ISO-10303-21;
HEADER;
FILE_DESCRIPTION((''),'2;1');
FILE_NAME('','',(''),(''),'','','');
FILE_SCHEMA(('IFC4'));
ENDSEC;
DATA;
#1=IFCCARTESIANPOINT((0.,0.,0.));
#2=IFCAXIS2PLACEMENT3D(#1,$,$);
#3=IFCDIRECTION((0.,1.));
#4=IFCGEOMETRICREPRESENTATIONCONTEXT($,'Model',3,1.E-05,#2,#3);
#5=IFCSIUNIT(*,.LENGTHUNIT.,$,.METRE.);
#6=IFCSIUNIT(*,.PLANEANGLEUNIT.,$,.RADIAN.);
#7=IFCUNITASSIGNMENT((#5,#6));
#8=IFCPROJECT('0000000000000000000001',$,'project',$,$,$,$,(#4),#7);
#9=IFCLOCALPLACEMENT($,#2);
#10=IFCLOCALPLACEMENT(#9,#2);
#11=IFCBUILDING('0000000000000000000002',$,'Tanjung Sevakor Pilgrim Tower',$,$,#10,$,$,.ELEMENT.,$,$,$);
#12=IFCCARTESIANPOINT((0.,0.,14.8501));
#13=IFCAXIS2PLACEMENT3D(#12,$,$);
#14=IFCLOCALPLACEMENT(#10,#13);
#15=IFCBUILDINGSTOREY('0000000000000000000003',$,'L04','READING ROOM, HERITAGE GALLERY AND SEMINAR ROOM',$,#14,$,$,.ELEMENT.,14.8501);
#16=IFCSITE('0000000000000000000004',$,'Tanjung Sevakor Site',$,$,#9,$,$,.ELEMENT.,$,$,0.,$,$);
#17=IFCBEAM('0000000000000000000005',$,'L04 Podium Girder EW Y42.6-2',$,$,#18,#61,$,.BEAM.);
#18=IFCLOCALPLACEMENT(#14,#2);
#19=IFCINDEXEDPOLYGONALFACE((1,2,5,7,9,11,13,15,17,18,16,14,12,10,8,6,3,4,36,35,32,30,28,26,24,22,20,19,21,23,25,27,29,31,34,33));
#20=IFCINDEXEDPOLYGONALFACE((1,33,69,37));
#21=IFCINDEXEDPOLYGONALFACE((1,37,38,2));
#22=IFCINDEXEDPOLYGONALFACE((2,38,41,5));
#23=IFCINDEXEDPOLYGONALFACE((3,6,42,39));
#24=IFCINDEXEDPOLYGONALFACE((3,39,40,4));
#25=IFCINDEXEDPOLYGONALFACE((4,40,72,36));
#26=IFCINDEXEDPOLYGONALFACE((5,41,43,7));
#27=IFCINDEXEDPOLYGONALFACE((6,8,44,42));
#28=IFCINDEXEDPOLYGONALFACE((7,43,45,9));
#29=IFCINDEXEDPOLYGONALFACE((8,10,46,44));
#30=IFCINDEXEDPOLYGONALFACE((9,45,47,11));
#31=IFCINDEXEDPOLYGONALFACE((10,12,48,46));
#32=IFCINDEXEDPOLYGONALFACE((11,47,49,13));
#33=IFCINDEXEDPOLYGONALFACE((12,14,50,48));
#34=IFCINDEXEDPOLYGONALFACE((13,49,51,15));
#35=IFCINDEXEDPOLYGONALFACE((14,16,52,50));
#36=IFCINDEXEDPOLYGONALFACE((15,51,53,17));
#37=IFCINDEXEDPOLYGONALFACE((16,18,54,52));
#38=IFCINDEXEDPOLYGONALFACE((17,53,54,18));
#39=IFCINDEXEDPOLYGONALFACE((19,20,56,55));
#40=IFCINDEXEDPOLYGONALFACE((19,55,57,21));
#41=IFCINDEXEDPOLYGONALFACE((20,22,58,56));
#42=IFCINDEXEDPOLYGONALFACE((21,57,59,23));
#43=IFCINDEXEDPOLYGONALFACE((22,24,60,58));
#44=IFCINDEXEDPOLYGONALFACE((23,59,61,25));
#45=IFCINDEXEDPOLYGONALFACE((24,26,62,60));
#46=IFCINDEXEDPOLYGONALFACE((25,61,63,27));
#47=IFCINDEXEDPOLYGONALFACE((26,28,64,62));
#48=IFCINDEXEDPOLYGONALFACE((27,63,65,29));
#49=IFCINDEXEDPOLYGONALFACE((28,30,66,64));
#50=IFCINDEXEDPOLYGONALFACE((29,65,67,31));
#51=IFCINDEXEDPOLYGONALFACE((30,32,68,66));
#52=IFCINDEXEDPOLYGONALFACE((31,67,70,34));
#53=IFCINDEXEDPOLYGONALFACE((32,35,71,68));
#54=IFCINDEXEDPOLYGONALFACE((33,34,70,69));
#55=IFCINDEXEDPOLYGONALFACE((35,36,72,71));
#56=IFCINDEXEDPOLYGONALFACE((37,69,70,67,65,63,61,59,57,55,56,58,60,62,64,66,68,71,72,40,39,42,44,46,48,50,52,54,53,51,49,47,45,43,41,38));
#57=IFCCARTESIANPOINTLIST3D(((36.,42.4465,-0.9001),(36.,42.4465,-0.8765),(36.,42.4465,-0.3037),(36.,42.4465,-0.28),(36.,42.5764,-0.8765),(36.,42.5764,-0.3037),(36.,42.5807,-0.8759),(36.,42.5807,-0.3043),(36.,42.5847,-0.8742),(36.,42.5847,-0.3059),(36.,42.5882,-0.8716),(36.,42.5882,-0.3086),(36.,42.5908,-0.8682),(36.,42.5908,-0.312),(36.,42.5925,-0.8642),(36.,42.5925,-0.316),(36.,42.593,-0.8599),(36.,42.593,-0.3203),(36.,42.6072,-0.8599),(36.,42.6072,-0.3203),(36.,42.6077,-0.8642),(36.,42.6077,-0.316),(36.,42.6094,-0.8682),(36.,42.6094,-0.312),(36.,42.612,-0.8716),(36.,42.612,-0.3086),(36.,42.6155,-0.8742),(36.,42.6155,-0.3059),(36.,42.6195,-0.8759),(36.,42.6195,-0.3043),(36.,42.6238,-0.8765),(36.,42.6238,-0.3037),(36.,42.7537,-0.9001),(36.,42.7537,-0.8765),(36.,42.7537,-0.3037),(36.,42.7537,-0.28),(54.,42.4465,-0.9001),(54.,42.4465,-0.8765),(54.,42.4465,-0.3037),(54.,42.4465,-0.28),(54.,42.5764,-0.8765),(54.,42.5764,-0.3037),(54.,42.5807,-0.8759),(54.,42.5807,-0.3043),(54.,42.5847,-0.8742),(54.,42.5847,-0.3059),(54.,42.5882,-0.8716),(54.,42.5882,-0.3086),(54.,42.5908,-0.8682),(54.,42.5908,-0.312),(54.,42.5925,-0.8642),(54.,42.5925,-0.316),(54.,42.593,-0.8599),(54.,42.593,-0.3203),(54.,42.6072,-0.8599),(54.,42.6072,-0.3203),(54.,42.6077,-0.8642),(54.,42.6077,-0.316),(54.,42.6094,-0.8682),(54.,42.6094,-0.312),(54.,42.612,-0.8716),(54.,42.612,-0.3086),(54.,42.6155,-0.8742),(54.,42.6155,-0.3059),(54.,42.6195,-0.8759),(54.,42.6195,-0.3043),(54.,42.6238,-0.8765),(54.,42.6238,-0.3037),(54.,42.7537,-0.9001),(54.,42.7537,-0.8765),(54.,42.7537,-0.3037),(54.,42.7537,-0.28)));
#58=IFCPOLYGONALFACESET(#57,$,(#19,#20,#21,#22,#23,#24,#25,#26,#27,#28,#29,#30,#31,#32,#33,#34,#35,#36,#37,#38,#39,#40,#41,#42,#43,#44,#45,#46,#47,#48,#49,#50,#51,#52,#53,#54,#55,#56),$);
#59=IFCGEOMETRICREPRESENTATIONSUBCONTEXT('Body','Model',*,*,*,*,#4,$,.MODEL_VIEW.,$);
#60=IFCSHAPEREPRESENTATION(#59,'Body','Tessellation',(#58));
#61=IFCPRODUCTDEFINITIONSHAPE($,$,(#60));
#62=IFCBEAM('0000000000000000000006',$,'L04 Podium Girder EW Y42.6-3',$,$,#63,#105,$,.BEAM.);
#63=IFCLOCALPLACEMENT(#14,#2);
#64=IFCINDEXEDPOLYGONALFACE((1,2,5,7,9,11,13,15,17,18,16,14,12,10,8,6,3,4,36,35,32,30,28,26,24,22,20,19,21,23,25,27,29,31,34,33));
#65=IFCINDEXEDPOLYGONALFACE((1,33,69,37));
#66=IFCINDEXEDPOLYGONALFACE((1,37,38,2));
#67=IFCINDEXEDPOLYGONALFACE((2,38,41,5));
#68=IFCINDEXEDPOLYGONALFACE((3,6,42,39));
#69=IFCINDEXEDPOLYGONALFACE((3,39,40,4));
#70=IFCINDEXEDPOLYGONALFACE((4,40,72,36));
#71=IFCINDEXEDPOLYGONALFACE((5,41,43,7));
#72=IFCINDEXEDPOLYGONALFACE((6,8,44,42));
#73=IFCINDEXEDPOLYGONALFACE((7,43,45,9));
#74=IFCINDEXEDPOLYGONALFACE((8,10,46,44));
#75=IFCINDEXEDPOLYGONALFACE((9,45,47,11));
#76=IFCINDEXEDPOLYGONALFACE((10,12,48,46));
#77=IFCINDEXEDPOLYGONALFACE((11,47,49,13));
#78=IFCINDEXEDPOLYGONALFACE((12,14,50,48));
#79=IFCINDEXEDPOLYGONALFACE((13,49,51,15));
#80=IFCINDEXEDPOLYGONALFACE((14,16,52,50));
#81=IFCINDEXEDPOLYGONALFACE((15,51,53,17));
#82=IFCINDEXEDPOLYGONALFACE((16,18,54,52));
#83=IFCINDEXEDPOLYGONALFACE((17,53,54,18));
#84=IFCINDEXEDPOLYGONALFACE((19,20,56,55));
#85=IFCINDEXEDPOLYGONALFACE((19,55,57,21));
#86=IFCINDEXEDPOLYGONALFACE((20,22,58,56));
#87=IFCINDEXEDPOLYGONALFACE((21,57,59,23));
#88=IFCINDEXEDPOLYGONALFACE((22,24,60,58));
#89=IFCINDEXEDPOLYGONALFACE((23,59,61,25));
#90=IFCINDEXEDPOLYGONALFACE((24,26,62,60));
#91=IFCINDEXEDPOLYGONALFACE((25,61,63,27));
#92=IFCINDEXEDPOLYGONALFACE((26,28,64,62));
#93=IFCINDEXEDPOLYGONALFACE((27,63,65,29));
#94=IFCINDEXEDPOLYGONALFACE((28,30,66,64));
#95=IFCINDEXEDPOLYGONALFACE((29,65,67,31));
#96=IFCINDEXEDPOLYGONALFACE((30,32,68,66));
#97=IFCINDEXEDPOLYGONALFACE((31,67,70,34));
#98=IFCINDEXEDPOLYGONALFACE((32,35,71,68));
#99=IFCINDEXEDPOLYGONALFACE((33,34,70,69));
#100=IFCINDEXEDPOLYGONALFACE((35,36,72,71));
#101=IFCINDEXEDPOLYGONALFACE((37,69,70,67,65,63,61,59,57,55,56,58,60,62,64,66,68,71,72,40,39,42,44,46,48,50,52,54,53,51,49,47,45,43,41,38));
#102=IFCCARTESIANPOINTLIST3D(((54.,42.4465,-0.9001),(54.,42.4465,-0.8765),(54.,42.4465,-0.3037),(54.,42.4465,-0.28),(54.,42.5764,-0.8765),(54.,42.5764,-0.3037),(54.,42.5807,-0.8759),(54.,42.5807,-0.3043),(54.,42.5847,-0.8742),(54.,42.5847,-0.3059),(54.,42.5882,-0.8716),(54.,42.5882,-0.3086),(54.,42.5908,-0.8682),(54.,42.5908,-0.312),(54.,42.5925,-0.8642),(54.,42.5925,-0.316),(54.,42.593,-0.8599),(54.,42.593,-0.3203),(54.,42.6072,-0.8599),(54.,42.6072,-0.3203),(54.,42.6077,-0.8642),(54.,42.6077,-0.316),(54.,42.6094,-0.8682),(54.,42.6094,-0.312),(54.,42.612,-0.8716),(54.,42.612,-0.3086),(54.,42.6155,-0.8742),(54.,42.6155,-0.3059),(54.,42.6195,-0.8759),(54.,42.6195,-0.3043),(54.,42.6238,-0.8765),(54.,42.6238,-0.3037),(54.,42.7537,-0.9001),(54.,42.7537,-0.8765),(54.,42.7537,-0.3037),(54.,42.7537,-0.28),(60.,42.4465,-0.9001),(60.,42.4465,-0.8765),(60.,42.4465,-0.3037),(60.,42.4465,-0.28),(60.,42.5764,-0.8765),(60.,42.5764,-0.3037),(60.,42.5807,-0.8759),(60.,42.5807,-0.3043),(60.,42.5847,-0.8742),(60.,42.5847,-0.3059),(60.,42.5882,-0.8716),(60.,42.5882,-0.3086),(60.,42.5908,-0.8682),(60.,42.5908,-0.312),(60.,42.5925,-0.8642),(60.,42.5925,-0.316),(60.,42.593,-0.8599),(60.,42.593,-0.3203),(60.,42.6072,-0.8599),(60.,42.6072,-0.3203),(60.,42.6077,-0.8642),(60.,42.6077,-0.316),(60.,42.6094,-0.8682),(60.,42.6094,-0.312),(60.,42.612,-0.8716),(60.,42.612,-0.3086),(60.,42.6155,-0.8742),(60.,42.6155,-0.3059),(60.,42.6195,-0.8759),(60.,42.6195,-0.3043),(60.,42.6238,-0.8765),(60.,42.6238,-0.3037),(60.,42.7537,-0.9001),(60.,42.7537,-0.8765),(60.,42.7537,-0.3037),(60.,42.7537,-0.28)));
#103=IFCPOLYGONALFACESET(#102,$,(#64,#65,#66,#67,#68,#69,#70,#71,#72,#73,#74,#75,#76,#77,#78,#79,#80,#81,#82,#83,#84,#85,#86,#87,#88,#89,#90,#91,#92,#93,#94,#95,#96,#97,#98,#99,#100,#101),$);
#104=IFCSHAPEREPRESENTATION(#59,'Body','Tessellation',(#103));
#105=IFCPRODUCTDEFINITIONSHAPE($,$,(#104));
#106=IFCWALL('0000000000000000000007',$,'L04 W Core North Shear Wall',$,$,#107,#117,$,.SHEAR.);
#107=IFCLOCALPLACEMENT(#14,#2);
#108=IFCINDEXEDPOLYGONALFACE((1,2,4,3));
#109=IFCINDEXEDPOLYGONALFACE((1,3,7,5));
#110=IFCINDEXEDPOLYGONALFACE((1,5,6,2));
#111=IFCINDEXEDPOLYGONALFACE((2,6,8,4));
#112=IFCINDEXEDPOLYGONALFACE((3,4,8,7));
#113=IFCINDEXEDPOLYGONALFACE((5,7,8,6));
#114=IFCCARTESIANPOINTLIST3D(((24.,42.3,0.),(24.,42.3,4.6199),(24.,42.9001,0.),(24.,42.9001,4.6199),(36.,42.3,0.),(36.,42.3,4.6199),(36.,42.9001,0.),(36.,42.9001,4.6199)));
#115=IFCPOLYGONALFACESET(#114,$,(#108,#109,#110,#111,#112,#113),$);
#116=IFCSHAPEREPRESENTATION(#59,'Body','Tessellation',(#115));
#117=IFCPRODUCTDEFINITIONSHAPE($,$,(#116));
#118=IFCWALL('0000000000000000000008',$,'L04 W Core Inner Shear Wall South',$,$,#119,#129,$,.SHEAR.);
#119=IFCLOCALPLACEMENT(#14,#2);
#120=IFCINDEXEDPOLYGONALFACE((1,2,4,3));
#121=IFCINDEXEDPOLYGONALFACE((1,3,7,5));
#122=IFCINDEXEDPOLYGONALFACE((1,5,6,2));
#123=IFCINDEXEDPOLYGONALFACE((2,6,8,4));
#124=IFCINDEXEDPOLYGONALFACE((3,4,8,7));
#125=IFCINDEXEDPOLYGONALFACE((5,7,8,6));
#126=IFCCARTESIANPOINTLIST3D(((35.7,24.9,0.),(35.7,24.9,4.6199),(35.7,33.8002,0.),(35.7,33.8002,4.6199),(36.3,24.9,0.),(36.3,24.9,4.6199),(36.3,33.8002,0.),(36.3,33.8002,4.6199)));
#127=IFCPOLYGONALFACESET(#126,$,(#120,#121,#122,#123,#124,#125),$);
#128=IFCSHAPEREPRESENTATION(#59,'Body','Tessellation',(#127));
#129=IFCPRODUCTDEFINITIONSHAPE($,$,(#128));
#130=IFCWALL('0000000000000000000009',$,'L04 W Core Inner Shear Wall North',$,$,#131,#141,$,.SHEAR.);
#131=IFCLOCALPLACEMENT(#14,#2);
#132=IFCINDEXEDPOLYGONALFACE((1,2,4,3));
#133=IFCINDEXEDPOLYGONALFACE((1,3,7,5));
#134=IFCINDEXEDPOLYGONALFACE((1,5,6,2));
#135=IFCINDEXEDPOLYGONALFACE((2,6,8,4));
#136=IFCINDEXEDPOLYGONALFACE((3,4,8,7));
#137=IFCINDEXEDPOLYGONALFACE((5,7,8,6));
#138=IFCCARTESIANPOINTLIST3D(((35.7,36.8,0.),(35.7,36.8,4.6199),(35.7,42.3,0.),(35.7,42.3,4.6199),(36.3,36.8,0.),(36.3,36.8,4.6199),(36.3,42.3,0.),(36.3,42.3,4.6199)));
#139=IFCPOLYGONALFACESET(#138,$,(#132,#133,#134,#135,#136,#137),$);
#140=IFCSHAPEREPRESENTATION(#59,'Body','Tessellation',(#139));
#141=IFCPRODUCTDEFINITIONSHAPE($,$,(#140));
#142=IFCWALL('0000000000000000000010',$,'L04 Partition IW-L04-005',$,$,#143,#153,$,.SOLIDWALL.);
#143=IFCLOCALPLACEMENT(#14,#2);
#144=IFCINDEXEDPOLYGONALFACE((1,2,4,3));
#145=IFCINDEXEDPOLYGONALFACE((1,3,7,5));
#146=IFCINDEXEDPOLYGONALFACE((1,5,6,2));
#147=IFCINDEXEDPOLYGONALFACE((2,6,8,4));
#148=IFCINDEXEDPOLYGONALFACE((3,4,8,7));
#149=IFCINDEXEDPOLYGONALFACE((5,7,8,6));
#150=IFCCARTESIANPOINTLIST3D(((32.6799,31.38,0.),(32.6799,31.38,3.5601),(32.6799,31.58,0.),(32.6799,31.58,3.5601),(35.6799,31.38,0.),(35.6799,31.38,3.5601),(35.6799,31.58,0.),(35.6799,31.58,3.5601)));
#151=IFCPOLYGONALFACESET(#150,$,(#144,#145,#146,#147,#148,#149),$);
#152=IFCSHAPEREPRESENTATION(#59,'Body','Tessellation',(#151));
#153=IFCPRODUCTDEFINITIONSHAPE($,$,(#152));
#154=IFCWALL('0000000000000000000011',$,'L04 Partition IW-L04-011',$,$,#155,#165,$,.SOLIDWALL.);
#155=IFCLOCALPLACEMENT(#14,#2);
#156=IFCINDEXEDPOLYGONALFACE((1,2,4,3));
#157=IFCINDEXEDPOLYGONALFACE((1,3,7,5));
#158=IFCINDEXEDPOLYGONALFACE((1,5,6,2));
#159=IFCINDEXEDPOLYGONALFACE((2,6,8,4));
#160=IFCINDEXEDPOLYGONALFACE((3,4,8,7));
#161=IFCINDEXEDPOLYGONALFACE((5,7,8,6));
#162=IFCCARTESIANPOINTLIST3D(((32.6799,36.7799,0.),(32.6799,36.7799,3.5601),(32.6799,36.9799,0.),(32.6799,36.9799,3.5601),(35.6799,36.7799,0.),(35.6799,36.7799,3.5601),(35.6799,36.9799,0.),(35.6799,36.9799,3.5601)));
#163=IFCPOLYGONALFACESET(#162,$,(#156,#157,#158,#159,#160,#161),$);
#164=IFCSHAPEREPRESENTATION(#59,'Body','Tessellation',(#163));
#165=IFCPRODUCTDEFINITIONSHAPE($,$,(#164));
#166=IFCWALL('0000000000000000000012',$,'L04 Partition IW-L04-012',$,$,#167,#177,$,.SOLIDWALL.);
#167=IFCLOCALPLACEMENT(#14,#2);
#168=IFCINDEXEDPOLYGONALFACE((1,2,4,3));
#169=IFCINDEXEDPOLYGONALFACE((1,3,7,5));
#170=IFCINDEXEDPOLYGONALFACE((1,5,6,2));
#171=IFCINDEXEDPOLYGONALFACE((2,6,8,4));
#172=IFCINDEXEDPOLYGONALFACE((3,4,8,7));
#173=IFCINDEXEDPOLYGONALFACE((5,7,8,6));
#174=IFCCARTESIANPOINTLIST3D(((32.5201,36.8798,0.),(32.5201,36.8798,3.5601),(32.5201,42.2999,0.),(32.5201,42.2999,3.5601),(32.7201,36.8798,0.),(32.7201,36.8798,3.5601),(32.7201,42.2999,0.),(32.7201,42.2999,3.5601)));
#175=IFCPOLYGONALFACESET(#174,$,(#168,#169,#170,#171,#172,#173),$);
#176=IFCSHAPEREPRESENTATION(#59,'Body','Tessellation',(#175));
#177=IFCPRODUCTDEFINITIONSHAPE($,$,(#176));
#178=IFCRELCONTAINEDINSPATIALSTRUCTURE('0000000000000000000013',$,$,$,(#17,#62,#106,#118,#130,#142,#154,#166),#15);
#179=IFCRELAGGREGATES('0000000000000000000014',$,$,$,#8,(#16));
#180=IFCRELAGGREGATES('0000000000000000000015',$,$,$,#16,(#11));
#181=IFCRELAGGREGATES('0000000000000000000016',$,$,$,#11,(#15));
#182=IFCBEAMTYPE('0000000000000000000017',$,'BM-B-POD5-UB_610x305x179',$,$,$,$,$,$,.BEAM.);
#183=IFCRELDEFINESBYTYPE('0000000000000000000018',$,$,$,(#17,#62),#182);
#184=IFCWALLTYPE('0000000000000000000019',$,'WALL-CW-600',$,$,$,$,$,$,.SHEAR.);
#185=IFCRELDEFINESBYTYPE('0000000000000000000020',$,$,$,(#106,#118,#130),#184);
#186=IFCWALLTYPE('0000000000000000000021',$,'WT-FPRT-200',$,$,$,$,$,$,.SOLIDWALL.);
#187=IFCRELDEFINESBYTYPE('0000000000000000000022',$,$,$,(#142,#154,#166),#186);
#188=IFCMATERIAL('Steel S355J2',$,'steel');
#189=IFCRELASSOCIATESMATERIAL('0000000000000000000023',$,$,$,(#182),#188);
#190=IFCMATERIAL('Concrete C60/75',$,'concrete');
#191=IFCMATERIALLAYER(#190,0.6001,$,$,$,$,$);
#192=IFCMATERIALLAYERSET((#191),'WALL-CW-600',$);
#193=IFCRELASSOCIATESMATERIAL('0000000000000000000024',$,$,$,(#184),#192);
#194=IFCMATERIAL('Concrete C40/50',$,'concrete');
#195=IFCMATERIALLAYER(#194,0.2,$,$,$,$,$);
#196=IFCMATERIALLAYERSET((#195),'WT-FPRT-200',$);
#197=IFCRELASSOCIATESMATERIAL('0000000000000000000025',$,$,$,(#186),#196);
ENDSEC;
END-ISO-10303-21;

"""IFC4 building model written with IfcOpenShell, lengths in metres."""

from ifc_helpers import new_model, si_unit, direction, frame, frame_2d, origin, origin_2d, place, context, subcontext, project, spatial, rectangle, i_section, extrude, material, layer, layer_set, material_profile, profile_set, type_object, element, save


model = new_model("IFC4")

# Units and contexts
model_context = context("Model", 3, precision=1e-05, world=origin(), true_north=direction((0.0, 1.0)))
body_context = subcontext(model_context, "Body", "Model", "MODEL_VIEW")
ifc_project = project(units=[si_unit("LENGTHUNIT", "METRE"), si_unit("PLANEANGLEUNIT", "RADIAN")], contexts=[model_context])

# Site, building, storey
site_placement = place(None, origin())
site = spatial("IfcSite", under=ifc_project, at=site_placement, Name="Tanjung Sevakor Site", CompositionType="ELEMENT", RefElevation=0.0)
building_placement = place(site_placement, origin())
building = spatial("IfcBuilding", under=site, at=building_placement, Name="Tanjung Sevakor Pilgrim Tower", CompositionType="ELEMENT")
storey_placement = place(building_placement, frame((0.0, 0.0, 14.8501)))
storey = spatial("IfcBuildingStorey", under=building, at=storey_placement, Name="L04", Description="READING ROOM, HERITAGE GALLERY AND SEMINAR ROOM", CompositionType="ELEMENT", Elevation=14.8501)

# Beams
ifc_material_1 = material(Name="Steel S355J2", Category="steel")
ifc_material_profile_1 = material_profile(ifc_material_1, i_section(OverallWidth=0.3071, OverallDepth=0.6201, WebThickness=0.0142, FlangeThickness=0.0237, FilletRadius=0.0166, at=origin_2d()))
ifc_profile_set_1 = profile_set([ifc_material_profile_1], Name="Steel S355J2")
beam_type_1 = type_object("IfcBeamType", Name="BM-B-POD5-UB_610x305x179", PredefinedType="BEAM", material=ifc_profile_set_1)
beam_1_placement = place(storey_placement, frame((36.0, 42.6001, -0.5901), z_axis=(1.0, 0.0, 0.0), x_axis=(0.0, 1.0, 0.0)))
element("IfcBeam", 1, at=beam_1_placement, inside=storey, type_object=beam_type_1, Name="L04 Podium Girder EW Y42.6-2", PredefinedType="BEAM", context=body_context, shape_type="SweptSolid", body=[
    extrude(i_section(OverallWidth=0.3071, OverallDepth=0.6201, WebThickness=0.0142, FlangeThickness=0.0237, FilletRadius=0.0166, at=origin_2d()), origin(), (0.0, 0.0, 1.0), 18.0),
])
beam_2_placement = place(storey_placement, frame((54.0, 42.6001, -0.5901), z_axis=(1.0, 0.0, 0.0), x_axis=(0.0, 1.0, 0.0)))
element("IfcBeam", 2, at=beam_2_placement, inside=storey, type_object=beam_type_1, Name="L04 Podium Girder EW Y42.6-3", PredefinedType="BEAM", context=body_context, shape_type="SweptSolid", body=[
    extrude(i_section(OverallWidth=0.3071, OverallDepth=0.6201, WebThickness=0.0142, FlangeThickness=0.0237, FilletRadius=0.0166, at=origin_2d()), origin(), (0.0, 0.0, 1.0), 6.0),
])

# Walls
ifc_material_2 = material(Name="Concrete C60/75", Category="concrete")
ifc_layer_1 = layer(ifc_material_2, 0.6001)
ifc_layer_set_1 = layer_set([ifc_layer_1], Name="WALL-CW-600")
wall_type_1 = type_object("IfcWallType", Name="WALL-CW-600", PredefinedType="SHEAR", material=ifc_layer_set_1)
wall_1_placement = place(storey_placement, frame((36.0, 42.6001, 0.0), z_axis=(0.0, 0.0, 1.0), x_axis=(-1.0, 0.0, 0.0)))
element("IfcWall", 3, at=wall_1_placement, inside=storey, type_object=wall_type_1, Name="L04 W Core North Shear Wall", PredefinedType="SHEAR", context=body_context, shape_type="SweptSolid", body=[
    extrude(rectangle(XDim=12.0, YDim=0.6001, at=frame_2d((6.0, 0.0))), origin(), (0.0, 0.0, 1.0), 4.6199),
])
wall_2_placement = place(storey_placement, frame((36.0, 24.8999, 0.0), z_axis=(0.0, 0.0, 1.0), x_axis=(0.0, 1.0, 0.0)))
element("IfcWall", 4, at=wall_2_placement, inside=storey, type_object=wall_type_1, Name="L04 W Core Inner Shear Wall South", PredefinedType="SHEAR", context=body_context, shape_type="SweptSolid", body=[
    extrude(rectangle(XDim=8.9001, YDim=0.6001, at=frame_2d((4.4502, 0.0))), origin(), (0.0, 0.0, 1.0), 4.6199),
])
wall_3_placement = place(storey_placement, frame((36.0, 36.8, 0.0), z_axis=(0.0, 0.0, 1.0), x_axis=(0.0, 1.0, 0.0)))
element("IfcWall", 5, at=wall_3_placement, inside=storey, type_object=wall_type_1, Name="L04 W Core Inner Shear Wall North", PredefinedType="SHEAR", context=body_context, shape_type="SweptSolid", body=[
    extrude(rectangle(XDim=5.5, YDim=0.6001, at=frame_2d((2.75, 0.0))), origin(), (0.0, 0.0, 1.0), 4.6199),
])

# Walls
ifc_material_3 = material(Name="Concrete C40/50", Category="concrete")
ifc_layer_2 = layer(ifc_material_3, 0.2)
ifc_layer_set_2 = layer_set([ifc_layer_2], Name="WT-FPRT-200")
wall_type_2 = type_object("IfcWallType", Name="WT-FPRT-200", PredefinedType="SOLIDWALL", material=ifc_layer_set_2)
for number, where, z_axis, x_axis, name in (
    (6, (32.6799, 31.48, 0.0), (0.0, 0.0, 1.0), (1.0, 0.0, 0.0), "L04 Partition IW-L04-005"),
    (7, (32.6799, 36.8799, 0.0), (0.0, 0.0, 1.0), (1.0, 0.0, 0.0), "L04 Partition IW-L04-011"),
):
    element("IfcWall", number, at=place(storey_placement, frame(where, z_axis=z_axis, x_axis=x_axis)), inside=storey, type_object=wall_type_2, Name=name, PredefinedType="SOLIDWALL", context=body_context, shape_type="SweptSolid", body=[
        extrude(rectangle(XDim=3.0, YDim=0.2, at=frame_2d((1.5, 0.0))), origin(), (0.0, 0.0, 1.0), 3.5601),
    ])
wall_4_placement = place(storey_placement, frame((32.6201, 36.8799, 0.0), z_axis=(0.0, 0.0, 1.0), x_axis=(0.0, 1.0, 0.0)))
element("IfcWall", 8, at=wall_4_placement, inside=storey, type_object=wall_type_2, Name="L04 Partition IW-L04-012", PredefinedType="SOLIDWALL", context=body_context, shape_type="SweptSolid", body=[
    extrude(rectangle(XDim=5.4202, YDim=0.2, at=frame_2d((2.71, 0.0))), origin(), (0.0, 0.0, 1.0), 3.5601),
])

save(model, "model.ifc")
